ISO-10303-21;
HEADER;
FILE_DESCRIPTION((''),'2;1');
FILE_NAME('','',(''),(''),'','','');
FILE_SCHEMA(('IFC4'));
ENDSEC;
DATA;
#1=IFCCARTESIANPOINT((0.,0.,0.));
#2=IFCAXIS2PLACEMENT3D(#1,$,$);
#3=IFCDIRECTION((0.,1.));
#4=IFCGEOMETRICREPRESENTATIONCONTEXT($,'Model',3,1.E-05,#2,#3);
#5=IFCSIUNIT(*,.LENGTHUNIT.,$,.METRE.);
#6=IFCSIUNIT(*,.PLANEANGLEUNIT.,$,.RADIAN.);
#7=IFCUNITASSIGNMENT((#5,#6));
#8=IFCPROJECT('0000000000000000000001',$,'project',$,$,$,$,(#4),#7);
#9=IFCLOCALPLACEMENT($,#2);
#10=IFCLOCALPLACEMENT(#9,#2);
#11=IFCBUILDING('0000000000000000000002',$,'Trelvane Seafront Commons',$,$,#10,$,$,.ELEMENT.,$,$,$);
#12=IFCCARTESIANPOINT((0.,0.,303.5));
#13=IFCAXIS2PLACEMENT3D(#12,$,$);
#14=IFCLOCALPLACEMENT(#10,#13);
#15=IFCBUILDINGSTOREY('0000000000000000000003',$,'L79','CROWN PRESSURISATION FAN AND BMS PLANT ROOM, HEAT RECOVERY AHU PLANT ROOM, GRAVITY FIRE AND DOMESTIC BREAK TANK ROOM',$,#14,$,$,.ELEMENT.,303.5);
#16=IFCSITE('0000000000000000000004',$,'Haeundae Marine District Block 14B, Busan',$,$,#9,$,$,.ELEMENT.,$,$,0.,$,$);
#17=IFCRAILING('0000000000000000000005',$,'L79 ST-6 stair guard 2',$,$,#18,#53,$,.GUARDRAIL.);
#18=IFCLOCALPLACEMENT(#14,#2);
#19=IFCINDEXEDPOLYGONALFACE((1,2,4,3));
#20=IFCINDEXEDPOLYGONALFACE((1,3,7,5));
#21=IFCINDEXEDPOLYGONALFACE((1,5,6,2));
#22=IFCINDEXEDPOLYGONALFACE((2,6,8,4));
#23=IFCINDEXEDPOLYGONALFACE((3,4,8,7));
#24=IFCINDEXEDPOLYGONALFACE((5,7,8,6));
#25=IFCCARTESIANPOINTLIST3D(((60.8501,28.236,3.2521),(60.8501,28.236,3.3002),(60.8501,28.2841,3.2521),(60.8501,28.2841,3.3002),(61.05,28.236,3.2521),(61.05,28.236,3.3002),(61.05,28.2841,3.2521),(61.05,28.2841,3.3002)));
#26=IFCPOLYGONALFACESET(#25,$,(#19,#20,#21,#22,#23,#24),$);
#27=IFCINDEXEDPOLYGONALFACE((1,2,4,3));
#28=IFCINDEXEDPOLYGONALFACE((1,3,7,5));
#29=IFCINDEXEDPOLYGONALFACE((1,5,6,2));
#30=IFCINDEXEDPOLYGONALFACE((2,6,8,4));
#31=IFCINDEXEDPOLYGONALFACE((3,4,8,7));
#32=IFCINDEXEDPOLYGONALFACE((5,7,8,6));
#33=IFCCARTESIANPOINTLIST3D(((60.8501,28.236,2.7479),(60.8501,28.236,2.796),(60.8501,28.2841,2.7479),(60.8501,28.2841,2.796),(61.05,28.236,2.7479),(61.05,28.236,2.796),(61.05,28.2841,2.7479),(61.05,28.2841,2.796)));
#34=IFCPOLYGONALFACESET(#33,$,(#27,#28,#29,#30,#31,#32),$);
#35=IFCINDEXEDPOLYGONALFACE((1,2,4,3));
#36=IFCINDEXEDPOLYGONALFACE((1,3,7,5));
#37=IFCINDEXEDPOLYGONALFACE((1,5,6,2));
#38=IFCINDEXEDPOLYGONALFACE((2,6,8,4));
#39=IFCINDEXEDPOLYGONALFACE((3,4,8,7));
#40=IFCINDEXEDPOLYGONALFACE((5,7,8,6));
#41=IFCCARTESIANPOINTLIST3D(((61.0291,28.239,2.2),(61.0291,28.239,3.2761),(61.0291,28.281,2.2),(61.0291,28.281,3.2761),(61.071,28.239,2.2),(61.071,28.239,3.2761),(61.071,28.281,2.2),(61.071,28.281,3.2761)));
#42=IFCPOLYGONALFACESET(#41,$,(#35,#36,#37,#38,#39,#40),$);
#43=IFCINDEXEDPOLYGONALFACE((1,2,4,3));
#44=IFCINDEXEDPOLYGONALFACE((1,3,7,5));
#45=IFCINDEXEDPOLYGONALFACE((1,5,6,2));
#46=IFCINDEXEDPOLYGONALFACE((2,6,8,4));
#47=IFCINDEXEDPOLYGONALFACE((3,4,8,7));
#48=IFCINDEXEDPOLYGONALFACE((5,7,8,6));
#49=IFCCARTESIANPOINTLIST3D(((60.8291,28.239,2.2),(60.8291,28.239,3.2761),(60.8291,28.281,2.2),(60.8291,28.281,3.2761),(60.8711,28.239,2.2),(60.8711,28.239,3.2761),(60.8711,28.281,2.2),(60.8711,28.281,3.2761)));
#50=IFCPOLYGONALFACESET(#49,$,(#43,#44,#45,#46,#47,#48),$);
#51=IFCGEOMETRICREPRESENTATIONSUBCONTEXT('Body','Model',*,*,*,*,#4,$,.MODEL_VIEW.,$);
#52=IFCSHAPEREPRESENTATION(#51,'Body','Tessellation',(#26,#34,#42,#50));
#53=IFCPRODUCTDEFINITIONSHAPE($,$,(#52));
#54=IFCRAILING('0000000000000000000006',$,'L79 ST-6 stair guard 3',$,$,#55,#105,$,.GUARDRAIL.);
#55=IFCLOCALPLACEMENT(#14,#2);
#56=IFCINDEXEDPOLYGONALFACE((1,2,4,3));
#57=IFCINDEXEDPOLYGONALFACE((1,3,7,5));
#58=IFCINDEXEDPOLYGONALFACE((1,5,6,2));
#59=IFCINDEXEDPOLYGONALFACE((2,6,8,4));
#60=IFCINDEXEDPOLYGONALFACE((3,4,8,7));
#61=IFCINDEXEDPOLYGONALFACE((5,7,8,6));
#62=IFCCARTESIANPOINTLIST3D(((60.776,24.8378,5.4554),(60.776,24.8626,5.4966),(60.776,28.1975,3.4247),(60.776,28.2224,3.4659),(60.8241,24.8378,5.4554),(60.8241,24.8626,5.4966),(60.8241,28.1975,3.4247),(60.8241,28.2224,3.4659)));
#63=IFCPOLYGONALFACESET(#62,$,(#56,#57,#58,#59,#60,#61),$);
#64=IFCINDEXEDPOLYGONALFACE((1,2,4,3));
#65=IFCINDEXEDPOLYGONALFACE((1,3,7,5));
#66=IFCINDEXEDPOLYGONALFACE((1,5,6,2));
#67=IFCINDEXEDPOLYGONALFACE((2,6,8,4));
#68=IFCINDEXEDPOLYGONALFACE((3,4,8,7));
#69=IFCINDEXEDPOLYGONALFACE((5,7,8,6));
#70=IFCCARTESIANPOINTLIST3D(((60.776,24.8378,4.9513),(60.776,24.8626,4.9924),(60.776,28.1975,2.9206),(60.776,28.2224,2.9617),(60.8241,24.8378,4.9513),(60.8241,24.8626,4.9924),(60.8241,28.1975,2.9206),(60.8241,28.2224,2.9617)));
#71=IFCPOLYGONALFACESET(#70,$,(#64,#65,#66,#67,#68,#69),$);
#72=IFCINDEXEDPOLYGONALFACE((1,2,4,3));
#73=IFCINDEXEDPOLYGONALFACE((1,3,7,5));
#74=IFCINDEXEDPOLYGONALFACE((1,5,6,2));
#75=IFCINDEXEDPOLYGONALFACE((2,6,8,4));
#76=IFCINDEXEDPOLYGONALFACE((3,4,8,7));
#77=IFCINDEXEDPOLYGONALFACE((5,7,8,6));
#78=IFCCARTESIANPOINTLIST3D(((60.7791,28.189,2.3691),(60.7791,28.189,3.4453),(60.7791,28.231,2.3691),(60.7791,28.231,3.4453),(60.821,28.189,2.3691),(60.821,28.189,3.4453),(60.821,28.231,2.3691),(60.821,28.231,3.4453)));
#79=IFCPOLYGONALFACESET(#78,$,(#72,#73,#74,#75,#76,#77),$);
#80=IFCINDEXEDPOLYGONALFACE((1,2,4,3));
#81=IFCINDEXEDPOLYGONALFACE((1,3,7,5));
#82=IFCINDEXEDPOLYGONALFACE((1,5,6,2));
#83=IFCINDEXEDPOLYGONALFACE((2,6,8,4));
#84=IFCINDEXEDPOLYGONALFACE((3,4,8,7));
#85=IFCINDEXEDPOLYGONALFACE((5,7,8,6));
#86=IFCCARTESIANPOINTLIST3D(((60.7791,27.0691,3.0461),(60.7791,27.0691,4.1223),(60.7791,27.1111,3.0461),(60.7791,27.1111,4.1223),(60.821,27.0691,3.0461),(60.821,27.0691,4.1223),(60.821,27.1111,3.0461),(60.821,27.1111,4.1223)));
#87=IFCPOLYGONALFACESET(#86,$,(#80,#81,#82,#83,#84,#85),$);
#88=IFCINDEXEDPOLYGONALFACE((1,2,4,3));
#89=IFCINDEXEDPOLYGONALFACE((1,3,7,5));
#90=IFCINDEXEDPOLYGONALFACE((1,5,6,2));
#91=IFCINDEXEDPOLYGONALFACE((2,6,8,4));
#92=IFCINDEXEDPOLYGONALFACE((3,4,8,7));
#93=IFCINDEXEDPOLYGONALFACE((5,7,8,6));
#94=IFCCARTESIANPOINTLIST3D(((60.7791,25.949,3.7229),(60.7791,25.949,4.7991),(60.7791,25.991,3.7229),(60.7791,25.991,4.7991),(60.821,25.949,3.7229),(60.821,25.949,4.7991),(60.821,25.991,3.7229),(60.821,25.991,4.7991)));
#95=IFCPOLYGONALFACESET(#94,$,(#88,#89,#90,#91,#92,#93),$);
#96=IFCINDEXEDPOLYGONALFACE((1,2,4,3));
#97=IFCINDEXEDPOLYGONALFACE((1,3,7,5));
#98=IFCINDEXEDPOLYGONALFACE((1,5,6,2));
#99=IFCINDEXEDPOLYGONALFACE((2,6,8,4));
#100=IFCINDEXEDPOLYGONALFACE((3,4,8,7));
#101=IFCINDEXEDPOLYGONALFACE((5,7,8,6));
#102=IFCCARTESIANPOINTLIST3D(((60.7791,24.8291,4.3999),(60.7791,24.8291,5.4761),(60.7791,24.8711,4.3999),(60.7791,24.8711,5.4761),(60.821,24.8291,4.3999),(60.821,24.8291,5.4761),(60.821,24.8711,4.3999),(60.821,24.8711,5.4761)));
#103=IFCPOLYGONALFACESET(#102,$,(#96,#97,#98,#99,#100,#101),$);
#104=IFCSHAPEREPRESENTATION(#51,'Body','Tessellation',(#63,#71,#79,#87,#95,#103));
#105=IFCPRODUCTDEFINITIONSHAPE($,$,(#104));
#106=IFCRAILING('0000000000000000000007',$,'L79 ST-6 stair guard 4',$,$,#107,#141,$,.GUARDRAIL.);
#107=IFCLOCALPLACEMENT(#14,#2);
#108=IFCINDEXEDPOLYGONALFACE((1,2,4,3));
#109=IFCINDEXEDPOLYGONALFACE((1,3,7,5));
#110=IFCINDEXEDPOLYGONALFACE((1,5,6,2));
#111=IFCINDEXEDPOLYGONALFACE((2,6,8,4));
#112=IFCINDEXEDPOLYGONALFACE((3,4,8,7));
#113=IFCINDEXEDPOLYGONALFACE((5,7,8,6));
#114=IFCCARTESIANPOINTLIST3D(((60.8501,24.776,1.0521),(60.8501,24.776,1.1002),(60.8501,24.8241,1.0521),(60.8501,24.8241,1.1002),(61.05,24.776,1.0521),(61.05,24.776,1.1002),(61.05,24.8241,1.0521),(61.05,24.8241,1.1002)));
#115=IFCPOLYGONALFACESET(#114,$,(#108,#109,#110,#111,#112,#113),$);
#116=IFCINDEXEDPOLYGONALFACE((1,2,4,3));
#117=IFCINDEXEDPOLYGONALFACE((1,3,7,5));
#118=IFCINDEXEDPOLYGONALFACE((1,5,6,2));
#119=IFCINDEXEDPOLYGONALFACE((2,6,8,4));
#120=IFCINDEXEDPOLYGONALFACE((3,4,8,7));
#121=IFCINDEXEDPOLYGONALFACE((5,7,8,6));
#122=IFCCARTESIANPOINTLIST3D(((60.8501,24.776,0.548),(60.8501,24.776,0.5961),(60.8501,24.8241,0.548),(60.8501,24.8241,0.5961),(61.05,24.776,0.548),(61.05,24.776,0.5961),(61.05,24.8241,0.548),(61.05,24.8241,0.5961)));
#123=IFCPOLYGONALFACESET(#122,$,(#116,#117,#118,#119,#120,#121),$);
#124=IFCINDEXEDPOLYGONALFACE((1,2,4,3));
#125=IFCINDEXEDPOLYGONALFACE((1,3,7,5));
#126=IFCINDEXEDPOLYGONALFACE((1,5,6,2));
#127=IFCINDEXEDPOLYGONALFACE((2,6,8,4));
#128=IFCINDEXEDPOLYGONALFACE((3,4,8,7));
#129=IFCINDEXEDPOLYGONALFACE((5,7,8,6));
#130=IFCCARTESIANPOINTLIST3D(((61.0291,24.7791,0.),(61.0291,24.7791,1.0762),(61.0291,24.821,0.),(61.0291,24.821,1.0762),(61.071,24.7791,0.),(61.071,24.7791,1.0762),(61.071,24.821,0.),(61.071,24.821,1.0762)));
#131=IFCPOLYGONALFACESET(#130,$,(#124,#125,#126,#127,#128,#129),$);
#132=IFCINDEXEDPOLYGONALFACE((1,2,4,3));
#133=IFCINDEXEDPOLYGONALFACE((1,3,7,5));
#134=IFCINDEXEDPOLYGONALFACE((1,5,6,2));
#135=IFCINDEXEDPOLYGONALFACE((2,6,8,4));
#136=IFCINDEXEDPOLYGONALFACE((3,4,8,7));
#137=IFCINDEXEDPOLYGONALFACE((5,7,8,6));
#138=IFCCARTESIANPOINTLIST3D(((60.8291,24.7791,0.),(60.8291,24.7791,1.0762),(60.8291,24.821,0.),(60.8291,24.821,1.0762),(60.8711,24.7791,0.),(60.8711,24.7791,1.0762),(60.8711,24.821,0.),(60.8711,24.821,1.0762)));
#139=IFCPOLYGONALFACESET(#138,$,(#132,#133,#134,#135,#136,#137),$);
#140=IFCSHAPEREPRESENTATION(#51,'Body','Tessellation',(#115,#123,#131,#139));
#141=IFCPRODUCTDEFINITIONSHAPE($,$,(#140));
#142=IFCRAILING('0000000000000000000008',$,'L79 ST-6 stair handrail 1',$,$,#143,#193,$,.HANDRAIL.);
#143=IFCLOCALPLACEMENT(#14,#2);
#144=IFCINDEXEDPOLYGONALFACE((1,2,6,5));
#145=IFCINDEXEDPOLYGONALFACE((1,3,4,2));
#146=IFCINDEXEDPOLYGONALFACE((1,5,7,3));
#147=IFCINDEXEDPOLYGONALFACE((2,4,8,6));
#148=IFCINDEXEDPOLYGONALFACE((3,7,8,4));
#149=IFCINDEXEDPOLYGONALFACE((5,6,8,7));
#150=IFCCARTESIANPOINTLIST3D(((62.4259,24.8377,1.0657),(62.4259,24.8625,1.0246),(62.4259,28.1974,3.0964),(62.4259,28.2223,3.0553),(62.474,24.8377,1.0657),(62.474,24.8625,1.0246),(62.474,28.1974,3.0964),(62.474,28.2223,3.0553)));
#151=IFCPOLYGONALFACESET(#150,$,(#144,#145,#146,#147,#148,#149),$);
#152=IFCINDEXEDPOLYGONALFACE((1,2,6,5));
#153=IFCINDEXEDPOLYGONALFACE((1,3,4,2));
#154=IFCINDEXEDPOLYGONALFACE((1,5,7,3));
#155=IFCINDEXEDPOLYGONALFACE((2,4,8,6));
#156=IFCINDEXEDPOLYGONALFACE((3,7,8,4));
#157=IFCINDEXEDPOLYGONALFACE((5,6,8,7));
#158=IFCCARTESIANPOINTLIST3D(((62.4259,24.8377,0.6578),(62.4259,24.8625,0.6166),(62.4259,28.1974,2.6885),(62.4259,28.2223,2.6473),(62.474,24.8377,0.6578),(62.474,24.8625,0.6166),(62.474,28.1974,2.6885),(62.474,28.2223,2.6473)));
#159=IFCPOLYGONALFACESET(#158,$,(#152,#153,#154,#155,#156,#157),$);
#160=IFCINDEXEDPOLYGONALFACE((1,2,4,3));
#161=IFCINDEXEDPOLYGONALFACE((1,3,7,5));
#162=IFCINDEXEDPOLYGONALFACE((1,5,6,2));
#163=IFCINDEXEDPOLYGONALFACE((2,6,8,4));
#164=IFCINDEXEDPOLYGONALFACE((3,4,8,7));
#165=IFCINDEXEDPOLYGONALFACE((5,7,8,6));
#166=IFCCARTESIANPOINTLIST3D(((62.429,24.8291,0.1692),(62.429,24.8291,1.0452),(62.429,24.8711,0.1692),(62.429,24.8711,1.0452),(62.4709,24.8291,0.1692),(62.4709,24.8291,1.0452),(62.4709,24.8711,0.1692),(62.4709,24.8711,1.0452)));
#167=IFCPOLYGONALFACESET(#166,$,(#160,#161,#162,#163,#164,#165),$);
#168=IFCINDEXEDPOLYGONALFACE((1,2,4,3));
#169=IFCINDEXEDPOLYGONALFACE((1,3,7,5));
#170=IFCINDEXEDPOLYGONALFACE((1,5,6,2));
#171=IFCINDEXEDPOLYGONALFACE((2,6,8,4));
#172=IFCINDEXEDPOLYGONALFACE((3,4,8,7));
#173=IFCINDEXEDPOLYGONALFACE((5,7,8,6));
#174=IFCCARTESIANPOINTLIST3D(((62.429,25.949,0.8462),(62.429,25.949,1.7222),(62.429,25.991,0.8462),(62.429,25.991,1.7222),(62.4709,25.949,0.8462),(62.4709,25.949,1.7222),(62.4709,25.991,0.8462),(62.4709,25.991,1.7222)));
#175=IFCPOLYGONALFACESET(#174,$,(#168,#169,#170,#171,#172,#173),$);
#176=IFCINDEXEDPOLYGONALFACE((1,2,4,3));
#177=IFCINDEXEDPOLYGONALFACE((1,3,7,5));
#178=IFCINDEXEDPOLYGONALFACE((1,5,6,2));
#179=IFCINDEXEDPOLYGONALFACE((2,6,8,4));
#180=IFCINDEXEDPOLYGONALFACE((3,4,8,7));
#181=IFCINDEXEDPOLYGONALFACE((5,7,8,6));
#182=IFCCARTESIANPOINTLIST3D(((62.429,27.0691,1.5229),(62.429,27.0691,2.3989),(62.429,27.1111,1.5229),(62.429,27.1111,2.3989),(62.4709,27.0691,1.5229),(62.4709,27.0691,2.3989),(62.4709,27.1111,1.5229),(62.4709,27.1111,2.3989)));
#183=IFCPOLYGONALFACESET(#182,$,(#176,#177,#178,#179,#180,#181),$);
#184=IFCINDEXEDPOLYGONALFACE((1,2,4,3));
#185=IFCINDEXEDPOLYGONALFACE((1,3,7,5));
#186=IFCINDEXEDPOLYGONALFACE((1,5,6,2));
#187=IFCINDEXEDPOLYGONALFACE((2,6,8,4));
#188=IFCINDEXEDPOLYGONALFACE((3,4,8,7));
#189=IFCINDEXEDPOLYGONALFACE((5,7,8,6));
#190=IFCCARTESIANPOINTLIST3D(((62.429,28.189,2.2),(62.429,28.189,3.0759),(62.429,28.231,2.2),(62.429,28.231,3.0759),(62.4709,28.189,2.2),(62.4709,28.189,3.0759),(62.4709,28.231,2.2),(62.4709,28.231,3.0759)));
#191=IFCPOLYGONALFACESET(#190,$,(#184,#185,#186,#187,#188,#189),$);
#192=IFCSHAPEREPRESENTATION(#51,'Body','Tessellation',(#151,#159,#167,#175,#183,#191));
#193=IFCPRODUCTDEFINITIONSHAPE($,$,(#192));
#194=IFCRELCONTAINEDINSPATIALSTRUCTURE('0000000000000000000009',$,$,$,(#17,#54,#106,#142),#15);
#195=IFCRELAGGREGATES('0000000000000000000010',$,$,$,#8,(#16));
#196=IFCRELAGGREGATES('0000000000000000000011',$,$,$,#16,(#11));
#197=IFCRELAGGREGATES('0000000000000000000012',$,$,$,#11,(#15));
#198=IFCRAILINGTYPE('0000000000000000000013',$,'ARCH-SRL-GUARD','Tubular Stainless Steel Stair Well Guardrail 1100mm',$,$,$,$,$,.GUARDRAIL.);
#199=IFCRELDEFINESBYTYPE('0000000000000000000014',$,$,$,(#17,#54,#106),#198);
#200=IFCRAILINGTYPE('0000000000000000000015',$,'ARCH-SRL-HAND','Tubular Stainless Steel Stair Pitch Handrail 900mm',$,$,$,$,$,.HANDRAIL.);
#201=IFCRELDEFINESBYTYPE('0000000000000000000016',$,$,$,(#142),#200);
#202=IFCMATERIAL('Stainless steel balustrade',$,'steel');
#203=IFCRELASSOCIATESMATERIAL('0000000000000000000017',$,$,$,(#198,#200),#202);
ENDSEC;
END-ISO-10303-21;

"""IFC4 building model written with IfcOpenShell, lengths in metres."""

from ifc_helpers import new_model, si_unit, direction, frame, origin, origin_2d, place, context, subcontext, project, spatial, rectangle, extrude, material, type_object, element, save


model = new_model("IFC4")

# Units and contexts
model_context = context("Model", 3, precision=1e-05, world=origin(), true_north=direction((0.0, 1.0)))
body_context = subcontext(model_context, "Body", "Model", "MODEL_VIEW")
ifc_project = project(units=[si_unit("LENGTHUNIT", "METRE"), si_unit("PLANEANGLEUNIT", "RADIAN")], contexts=[model_context])

# Site, building, storey
site_placement = place(None, origin())
site = spatial("IfcSite", under=ifc_project, at=site_placement, Name="Haeundae Marine District Block 14B, Busan", CompositionType="ELEMENT", RefElevation=0.0)
building_placement = place(site_placement, origin())
building = spatial("IfcBuilding", under=site, at=building_placement, Name="Trelvane Seafront Commons", CompositionType="ELEMENT")
storey_placement = place(building_placement, frame((0.0, 0.0, 303.5)))
storey = spatial("IfcBuildingStorey", under=building, at=storey_placement, Name="L79", Description="CROWN PRESSURISATION FAN AND BMS PLANT ROOM, HEAT RECOVERY AHU PLANT ROOM, GRAVITY FIRE AND DOMESTIC BREAK TANK ROOM", CompositionType="ELEMENT", Elevation=303.5)

# Railings
ifc_material_1 = material(Name="Stainless steel balustrade", Category="steel")
railing_type_1 = type_object("IfcRailingType", Name="ARCH-SRL-GUARD", Description="Tubular Stainless Steel Stair Well Guardrail 1100mm", PredefinedType="GUARDRAIL", material=ifc_material_1)
railing_1_placement = place(storey_placement, frame((61.05, 28.26, 2.2)))
element("IfcRailing", 1, at=railing_1_placement, inside=storey, type_object=railing_type_1, Name="L79 ST-6 stair guard 2", PredefinedType="GUARDRAIL", context=body_context, shape_type="SweptSolid", body=[
    extrude(rectangle(XDim=0.0481, YDim=0.0481, at=origin_2d()), frame((0.0, 0.0, 1.0762), z_axis=(-1.0, 0.0, 0.0), x_axis=(0.0, -1.0, 0.0)), (0.0, 0.0, 1.0), 0.2),
    extrude(rectangle(XDim=0.0481, YDim=0.0481, at=origin_2d()), frame((0.0, 0.0, 0.572), z_axis=(-1.0, 0.0, 0.0), x_axis=(0.0, -1.0, 0.0)), (0.0, 0.0, 1.0), 0.2),
    extrude(rectangle(XDim=0.042, YDim=0.042, at=origin_2d()), origin(), (0.0, 0.0, 1.0), 1.0762),
    extrude(rectangle(XDim=0.042, YDim=0.042, at=origin_2d()), frame((-0.2, 0.0, 0.0)), (0.0, 0.0, 1.0), 1.0762),
])
railing_2_placement = place(storey_placement, frame((60.8, 28.21, 2.3691)))
element("IfcRailing", 2, at=railing_2_placement, inside=storey, type_object=railing_type_1, Name="L79 ST-6 stair guard 3", PredefinedType="GUARDRAIL", context=body_context, shape_type="SweptSolid", body=[
    extrude(rectangle(XDim=0.0481, YDim=0.0481, at=origin_2d()), frame((0.0, 0.0, 1.0762), z_axis=(0.0, -0.85582, 0.517273), x_axis=(1.0, 0.0, 0.0)), (0.0, 0.0, 1.0), 3.9258),
    extrude(rectangle(XDim=0.0481, YDim=0.0481, at=origin_2d()), frame((0.0, 0.0, 0.572), z_axis=(0.0, -0.85582, 0.517273), x_axis=(1.0, 0.0, 0.0)), (0.0, 0.0, 1.0), 3.9258),
    extrude(rectangle(XDim=0.042, YDim=0.042, at=origin_2d()), origin(), (0.0, 0.0, 1.0), 1.0762),
    extrude(rectangle(XDim=0.042, YDim=0.042, at=origin_2d()), frame((0.0, -1.1199, 0.677)), (0.0, 0.0, 1.0), 1.0762),
    extrude(rectangle(XDim=0.042, YDim=0.042, at=origin_2d()), frame((0.0, -2.24, 1.3538)), (0.0, 0.0, 1.0), 1.0762),
    extrude(rectangle(XDim=0.042, YDim=0.042, at=origin_2d()), frame((0.0, -3.3599, 2.0308)), (0.0, 0.0, 1.0), 1.0762),
])
railing_3_placement = place(storey_placement, frame((61.05, 24.8, 0.0)))
element("IfcRailing", 3, at=railing_3_placement, inside=storey, type_object=railing_type_1, Name="L79 ST-6 stair guard 4", PredefinedType="GUARDRAIL", context=body_context, shape_type="SweptSolid", body=[
    extrude(rectangle(XDim=0.0481, YDim=0.0481, at=origin_2d()), frame((0.0, 0.0, 1.0762), z_axis=(-1.0, 0.0, 0.0), x_axis=(0.0, -1.0, 0.0)), (0.0, 0.0, 1.0), 0.2),
    extrude(rectangle(XDim=0.0481, YDim=0.0481, at=origin_2d()), frame((0.0, 0.0, 0.572), z_axis=(-1.0, 0.0, 0.0), x_axis=(0.0, -1.0, 0.0)), (0.0, 0.0, 1.0), 0.2),
    extrude(rectangle(XDim=0.042, YDim=0.042, at=origin_2d()), origin(), (0.0, 0.0, 1.0), 1.0762),
    extrude(rectangle(XDim=0.042, YDim=0.042, at=origin_2d()), frame((-0.2, 0.0, 0.0)), (0.0, 0.0, 1.0), 1.0762),
])
railing_type_2 = type_object("IfcRailingType", Name="ARCH-SRL-HAND", Description="Tubular Stainless Steel Stair Pitch Handrail 900mm", PredefinedType="HANDRAIL", material=ifc_material_1)
railing_4_placement = place(storey_placement, frame((62.45, 24.8501, 0.1692)))
element("IfcRailing", 4, at=railing_4_placement, inside=storey, type_object=railing_type_2, Name="L79 ST-6 stair handrail 1", PredefinedType="HANDRAIL", context=body_context, shape_type="SweptSolid", body=[
    extrude(rectangle(XDim=0.0481, YDim=0.0481, at=origin_2d()), frame((0.0, 0.0, 0.876), z_axis=(0.0, 0.85582, 0.517273), x_axis=(-1.0, 0.0, 0.0)), (0.0, 0.0, 1.0), 3.9258),
    extrude(rectangle(XDim=0.0481, YDim=0.0481, at=origin_2d()), frame((0.0, 0.0, 0.468), z_axis=(0.0, 0.85582, 0.517273), x_axis=(-1.0, 0.0, 0.0)), (0.0, 0.0, 1.0), 3.9258),
    extrude(rectangle(XDim=0.042, YDim=0.042, at=origin_2d()), origin(), (0.0, 0.0, 1.0), 0.876),
    extrude(rectangle(XDim=0.042, YDim=0.042, at=origin_2d()), frame((0.0, 1.1199, 0.677)), (0.0, 0.0, 1.0), 0.876),
    extrude(rectangle(XDim=0.042, YDim=0.042, at=origin_2d()), frame((0.0, 2.24, 1.3538)), (0.0, 0.0, 1.0), 0.876),
    extrude(rectangle(XDim=0.042, YDim=0.042, at=origin_2d()), frame((0.0, 3.3599, 2.0308)), (0.0, 0.0, 1.0), 0.876),
])

save(model, "model.ifc")
